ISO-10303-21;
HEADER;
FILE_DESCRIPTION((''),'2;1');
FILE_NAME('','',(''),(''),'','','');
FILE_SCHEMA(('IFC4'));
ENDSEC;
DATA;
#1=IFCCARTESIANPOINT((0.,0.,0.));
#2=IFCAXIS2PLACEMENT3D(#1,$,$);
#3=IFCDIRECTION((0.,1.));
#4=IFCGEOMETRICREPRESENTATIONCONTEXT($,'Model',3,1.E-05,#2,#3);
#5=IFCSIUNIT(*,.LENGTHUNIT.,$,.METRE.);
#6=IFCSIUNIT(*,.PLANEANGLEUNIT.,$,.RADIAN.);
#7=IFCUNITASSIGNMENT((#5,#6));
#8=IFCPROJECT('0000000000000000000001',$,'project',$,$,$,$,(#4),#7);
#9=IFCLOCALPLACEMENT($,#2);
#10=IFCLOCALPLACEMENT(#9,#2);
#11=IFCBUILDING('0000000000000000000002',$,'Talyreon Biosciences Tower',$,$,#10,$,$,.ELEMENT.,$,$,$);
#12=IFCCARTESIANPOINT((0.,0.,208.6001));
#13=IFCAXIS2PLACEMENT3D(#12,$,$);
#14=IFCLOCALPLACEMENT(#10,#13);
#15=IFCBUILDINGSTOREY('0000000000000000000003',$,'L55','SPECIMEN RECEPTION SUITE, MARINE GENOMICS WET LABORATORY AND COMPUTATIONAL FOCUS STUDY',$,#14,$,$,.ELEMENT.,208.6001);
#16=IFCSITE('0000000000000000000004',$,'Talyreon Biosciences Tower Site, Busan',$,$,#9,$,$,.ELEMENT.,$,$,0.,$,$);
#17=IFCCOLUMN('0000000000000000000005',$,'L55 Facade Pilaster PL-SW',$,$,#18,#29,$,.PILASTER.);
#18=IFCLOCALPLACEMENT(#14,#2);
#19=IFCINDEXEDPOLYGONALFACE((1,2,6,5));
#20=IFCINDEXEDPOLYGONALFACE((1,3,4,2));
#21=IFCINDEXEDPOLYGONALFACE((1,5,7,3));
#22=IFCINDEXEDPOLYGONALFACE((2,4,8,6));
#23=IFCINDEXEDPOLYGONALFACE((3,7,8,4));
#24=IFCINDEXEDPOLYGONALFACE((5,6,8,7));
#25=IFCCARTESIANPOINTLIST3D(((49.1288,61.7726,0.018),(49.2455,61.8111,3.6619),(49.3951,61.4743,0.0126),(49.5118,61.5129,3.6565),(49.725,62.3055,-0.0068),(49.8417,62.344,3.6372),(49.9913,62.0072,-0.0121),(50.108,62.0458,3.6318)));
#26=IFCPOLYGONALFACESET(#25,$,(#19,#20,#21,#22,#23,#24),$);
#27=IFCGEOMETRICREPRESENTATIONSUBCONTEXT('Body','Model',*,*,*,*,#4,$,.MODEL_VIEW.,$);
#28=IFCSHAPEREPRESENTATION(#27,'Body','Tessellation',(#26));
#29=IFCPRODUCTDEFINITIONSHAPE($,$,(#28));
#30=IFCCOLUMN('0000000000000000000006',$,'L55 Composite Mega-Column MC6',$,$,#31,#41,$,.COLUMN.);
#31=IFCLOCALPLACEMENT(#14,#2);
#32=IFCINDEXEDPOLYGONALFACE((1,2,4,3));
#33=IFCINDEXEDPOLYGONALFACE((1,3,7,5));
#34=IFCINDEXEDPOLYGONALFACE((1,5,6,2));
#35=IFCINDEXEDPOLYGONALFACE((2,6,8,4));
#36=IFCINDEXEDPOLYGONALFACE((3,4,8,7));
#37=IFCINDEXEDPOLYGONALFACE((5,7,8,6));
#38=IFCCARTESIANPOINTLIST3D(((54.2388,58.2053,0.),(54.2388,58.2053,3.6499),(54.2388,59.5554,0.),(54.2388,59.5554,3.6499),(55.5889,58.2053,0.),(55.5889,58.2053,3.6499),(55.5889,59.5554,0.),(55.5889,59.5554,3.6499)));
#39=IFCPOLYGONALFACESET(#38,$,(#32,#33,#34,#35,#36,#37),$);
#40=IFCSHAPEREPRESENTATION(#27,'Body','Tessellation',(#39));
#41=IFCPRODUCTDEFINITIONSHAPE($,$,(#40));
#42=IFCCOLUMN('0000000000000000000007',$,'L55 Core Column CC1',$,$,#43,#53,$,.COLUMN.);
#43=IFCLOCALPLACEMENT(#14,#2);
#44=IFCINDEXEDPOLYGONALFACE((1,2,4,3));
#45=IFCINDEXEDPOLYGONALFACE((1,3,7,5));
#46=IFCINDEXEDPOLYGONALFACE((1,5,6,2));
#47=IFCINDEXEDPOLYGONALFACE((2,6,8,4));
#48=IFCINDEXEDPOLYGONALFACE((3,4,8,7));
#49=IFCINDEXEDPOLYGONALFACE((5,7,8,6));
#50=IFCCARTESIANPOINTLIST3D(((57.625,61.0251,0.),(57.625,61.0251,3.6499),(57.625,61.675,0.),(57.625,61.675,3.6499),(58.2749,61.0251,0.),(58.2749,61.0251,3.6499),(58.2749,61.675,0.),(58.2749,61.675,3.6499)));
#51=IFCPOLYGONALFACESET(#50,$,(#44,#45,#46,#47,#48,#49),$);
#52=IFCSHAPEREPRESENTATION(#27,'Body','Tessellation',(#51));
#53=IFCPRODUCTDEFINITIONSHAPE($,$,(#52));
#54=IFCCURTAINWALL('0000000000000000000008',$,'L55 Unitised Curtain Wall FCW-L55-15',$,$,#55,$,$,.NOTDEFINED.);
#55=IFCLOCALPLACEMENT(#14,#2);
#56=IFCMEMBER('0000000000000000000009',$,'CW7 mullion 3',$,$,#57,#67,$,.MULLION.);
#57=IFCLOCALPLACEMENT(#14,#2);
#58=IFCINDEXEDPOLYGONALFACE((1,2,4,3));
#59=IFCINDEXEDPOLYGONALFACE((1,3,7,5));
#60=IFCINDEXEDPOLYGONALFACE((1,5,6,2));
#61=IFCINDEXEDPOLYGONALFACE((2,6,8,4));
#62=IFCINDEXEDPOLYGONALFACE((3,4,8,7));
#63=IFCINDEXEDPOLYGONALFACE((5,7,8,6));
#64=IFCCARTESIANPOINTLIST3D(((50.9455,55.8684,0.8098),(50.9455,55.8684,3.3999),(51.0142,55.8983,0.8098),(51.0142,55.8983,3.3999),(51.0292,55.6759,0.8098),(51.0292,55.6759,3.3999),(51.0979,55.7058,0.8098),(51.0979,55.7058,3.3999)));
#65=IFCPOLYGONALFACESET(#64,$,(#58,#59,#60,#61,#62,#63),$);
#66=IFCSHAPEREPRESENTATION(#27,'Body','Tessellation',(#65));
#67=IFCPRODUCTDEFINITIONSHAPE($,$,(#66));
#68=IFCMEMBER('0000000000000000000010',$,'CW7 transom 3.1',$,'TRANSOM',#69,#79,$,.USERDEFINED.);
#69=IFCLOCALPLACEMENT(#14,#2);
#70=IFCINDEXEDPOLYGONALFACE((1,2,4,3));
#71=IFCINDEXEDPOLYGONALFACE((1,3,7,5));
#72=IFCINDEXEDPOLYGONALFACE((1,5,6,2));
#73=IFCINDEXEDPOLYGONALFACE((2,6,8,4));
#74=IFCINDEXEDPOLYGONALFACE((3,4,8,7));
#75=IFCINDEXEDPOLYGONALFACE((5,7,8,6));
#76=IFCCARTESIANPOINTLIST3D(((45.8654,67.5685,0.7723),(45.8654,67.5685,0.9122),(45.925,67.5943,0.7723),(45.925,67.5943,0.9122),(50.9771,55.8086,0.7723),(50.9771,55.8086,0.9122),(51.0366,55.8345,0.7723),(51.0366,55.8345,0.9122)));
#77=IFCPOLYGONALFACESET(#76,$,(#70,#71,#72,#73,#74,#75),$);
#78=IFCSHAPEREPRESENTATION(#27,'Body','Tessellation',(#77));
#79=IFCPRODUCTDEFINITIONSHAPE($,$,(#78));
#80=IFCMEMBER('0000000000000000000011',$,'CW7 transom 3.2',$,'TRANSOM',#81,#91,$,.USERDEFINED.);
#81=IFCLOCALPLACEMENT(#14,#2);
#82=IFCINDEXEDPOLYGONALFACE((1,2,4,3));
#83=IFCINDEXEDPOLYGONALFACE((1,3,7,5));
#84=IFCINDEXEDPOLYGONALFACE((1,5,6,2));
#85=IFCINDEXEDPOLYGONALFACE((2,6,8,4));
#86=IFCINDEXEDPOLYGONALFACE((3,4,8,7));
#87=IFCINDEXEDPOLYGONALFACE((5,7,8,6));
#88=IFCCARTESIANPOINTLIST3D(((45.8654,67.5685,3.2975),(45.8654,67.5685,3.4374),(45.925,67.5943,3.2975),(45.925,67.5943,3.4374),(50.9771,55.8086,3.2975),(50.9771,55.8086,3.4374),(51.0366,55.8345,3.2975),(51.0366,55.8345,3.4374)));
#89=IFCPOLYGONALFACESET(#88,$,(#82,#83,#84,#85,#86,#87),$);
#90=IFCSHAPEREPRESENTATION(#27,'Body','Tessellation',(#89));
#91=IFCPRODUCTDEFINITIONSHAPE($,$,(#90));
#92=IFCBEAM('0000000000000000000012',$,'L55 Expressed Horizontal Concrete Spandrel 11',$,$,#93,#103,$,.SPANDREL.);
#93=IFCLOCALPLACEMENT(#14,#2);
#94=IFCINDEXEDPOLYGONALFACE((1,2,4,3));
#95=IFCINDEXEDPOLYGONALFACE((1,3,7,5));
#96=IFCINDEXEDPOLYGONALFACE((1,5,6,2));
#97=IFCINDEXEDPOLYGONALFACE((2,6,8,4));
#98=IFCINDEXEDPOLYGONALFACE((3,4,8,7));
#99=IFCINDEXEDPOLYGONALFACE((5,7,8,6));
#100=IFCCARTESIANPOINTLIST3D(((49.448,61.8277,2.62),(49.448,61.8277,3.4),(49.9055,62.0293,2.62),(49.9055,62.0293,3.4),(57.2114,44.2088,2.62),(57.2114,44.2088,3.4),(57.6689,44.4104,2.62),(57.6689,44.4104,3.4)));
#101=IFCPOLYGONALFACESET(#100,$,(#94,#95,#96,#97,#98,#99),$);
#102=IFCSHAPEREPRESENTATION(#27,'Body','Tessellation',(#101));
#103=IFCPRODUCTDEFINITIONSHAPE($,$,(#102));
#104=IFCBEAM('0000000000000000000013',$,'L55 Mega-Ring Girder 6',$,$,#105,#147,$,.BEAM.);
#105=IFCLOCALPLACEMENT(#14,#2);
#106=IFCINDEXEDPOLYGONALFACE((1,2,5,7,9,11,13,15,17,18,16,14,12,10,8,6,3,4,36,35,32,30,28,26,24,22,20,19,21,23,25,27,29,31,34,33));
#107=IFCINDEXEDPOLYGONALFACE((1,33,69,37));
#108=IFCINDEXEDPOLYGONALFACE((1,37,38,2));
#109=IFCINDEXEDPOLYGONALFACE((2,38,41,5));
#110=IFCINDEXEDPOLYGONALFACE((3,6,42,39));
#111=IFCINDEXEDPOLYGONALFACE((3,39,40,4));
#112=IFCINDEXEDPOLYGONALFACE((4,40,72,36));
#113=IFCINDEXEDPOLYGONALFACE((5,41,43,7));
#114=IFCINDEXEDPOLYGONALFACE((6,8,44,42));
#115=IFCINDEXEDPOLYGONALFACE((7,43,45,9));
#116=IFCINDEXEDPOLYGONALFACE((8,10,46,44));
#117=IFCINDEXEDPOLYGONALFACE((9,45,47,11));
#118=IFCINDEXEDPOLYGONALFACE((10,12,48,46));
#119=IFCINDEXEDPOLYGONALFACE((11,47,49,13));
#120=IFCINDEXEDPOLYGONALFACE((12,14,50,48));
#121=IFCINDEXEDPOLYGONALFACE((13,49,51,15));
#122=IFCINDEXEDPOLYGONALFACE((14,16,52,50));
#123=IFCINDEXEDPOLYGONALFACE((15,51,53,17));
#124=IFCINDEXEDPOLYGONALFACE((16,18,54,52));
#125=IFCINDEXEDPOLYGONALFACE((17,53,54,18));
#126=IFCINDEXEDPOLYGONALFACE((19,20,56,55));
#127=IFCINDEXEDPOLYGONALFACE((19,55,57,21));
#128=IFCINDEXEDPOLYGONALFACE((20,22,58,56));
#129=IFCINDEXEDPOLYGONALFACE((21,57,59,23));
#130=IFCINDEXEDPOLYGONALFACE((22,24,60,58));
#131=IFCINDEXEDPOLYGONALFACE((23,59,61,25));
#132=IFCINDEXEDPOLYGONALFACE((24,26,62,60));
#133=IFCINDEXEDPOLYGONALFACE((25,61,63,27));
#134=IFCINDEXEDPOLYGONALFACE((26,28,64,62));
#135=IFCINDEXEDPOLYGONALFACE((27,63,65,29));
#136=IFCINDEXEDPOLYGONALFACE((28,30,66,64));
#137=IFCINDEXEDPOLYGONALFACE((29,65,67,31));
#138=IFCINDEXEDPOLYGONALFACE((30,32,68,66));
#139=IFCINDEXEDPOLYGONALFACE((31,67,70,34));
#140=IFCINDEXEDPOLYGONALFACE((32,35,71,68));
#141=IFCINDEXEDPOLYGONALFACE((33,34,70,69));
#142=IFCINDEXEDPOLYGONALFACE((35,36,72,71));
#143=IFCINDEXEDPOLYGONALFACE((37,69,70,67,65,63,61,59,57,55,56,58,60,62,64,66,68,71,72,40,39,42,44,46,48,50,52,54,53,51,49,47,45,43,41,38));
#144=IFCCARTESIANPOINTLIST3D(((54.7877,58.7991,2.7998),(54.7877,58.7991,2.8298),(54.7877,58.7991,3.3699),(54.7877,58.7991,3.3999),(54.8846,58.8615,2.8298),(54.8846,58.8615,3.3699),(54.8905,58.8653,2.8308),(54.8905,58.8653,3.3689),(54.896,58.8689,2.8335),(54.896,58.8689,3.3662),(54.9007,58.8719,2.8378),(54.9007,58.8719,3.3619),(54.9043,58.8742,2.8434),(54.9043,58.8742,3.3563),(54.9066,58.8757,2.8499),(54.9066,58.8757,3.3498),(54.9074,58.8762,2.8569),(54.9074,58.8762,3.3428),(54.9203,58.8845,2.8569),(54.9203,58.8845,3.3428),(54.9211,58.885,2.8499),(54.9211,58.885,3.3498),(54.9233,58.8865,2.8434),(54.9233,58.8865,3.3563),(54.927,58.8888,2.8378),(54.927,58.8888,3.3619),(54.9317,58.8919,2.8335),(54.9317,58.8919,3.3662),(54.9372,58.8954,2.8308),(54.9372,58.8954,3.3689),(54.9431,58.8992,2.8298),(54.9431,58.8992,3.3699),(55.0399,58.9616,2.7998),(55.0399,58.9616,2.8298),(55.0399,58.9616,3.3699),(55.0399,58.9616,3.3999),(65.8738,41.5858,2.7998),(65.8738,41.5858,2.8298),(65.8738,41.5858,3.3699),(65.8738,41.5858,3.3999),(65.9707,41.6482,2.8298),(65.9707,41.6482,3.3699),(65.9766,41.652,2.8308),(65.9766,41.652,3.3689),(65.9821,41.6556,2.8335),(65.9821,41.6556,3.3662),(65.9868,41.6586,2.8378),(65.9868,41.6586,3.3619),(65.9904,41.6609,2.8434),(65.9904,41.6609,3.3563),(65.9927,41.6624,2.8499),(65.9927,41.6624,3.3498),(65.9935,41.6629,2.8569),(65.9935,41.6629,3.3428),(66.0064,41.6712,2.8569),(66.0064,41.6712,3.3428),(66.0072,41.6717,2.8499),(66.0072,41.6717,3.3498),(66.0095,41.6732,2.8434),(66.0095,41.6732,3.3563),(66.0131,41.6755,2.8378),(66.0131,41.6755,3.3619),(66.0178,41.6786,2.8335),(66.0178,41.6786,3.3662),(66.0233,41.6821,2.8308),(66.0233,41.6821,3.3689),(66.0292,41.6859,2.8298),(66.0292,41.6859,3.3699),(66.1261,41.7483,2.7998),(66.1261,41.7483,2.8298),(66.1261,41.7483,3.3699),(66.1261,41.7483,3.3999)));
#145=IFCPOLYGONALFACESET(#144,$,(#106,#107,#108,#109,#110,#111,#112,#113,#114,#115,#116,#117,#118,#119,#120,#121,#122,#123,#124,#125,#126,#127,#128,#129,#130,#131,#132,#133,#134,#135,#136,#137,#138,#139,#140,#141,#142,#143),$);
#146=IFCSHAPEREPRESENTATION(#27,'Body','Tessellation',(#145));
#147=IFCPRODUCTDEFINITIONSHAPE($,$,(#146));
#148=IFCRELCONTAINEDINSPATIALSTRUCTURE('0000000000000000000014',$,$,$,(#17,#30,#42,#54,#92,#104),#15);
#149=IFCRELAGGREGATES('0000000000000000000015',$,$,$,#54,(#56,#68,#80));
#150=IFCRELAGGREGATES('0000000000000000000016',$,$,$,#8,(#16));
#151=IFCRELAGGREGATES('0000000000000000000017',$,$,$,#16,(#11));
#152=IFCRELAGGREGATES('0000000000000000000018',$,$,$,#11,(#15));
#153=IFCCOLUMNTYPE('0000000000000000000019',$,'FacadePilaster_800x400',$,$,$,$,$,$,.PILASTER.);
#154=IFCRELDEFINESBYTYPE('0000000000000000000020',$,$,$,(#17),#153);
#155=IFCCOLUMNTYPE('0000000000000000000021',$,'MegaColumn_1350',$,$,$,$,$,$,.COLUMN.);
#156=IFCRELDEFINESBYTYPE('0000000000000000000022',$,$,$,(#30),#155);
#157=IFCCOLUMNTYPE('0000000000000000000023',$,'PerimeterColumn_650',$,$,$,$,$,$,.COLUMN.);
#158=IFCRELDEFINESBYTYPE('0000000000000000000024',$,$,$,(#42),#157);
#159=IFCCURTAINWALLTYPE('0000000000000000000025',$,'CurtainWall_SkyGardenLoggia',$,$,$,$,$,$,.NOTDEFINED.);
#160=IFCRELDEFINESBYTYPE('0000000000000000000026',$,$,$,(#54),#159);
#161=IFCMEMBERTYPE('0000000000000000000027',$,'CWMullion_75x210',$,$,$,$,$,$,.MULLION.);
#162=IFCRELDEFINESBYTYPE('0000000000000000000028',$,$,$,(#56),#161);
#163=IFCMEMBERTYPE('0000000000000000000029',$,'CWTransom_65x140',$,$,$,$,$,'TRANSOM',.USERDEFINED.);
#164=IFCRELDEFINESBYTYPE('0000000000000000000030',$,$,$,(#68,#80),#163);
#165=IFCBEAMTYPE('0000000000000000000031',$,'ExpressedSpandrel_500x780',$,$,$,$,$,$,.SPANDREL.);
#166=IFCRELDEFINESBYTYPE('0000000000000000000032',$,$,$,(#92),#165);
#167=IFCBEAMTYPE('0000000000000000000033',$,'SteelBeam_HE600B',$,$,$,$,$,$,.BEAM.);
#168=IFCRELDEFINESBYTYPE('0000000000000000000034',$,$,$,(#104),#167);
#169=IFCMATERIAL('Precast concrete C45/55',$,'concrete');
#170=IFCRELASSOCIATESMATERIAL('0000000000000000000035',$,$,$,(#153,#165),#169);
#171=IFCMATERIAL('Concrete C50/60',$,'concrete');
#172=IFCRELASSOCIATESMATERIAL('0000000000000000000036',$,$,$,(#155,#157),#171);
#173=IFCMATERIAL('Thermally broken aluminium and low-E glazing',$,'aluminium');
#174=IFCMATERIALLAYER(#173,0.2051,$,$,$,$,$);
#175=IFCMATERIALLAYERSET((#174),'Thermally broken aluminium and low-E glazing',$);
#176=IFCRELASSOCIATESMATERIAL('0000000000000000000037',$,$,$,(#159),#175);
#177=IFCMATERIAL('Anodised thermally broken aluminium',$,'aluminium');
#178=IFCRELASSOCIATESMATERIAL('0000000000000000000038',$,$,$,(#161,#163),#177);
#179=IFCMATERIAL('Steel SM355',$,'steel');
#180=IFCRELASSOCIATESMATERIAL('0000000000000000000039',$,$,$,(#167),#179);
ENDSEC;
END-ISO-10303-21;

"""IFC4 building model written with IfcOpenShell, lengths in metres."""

from ifc_helpers import new_model, si_unit, direction, frame, origin, origin_2d, place, context, subcontext, project, spatial, rectangle, i_section, extrude, material, layer, layer_set, material_profile, profile_set, type_object, element, aggregate, save


model = new_model("IFC4")

# Units and contexts
model_context = context("Model", 3, precision=1e-05, world=origin(), true_north=direction((0.0, 1.0)))
body_context = subcontext(model_context, "Body", "Model", "MODEL_VIEW")
ifc_project = project(units=[si_unit("LENGTHUNIT", "METRE"), si_unit("PLANEANGLEUNIT", "RADIAN")], contexts=[model_context])

# Site, building, storey
site_placement = place(None, origin())
site = spatial("IfcSite", under=ifc_project, at=site_placement, Name="Talyreon Biosciences Tower Site, Busan", CompositionType="ELEMENT", RefElevation=0.0)
building_placement = place(site_placement, origin())
building = spatial("IfcBuilding", under=site, at=building_placement, Name="Talyreon Biosciences Tower", CompositionType="ELEMENT")
storey_placement = place(building_placement, frame((0.0, 0.0, 208.6001)))
storey = spatial("IfcBuildingStorey", under=building, at=storey_placement, Name="L55", Description="SPECIMEN RECEPTION SUITE, MARINE GENOMICS WET LABORATORY AND COMPUTATIONAL FOCUS STUDY", CompositionType="ELEMENT", Elevation=208.6001)

# Columns
ifc_material_1 = material(Name="Precast concrete C45/55", Category="concrete")
ifc_material_profile_1 = material_profile(ifc_material_1, rectangle(XDim=0.8, YDim=0.3999, at=origin_2d()), Name="RC 800x400")
ifc_profile_set_1 = profile_set([ifc_material_profile_1], Name="Precast concrete C45/55")
column_type_1 = type_object("IfcColumnType", Name="FacadePilaster_800x400", PredefinedType="PILASTER", material=ifc_profile_set_1)
column_1_placement = place(storey_placement, frame((49.5601, 61.8899, 0.0029), z_axis=(0.032006, 0.01058, 0.999432), x_axis=(0.745237, 0.666082, -0.030917)))
element("IfcColumn", 1, at=column_1_placement, inside=storey, type_object=column_type_1, Name="L55 Facade Pilaster PL-SW", PredefinedType="PILASTER", context=body_context, shape_type="SweptSolid", body=[
    extrude(rectangle(XDim=0.8, YDim=0.3999, at=origin_2d()), origin(), (0.0, 0.0, 1.0), 3.646),
])
ifc_material_2 = material(Name="Concrete C50/60", Category="concrete")
ifc_material_profile_2 = material_profile(ifc_material_2, rectangle(XDim=1.3501, YDim=1.3501, at=origin_2d()), Name="RC 1350x1350")
ifc_profile_set_2 = profile_set([ifc_material_profile_2], Name="Concrete C50/60")
column_type_2 = type_object("IfcColumnType", Name="MegaColumn_1350", PredefinedType="COLUMN", material=ifc_profile_set_2)
column_2_placement = place(storey_placement, frame((54.9138, 58.8804, 0.0), z_axis=(0.0, 0.0, 1.0), x_axis=(1.0, 0.0, 0.0)))
element("IfcColumn", 2, at=column_2_placement, inside=storey, type_object=column_type_2, Name="L55 Composite Mega-Column MC6", PredefinedType="COLUMN", context=body_context, shape_type="SweptSolid", body=[
    extrude(rectangle(XDim=1.3501, YDim=1.3501, at=origin_2d()), origin(), (0.0, 0.0, 1.0), 3.6499),
])
ifc_material_profile_3 = material_profile(ifc_material_2, rectangle(XDim=0.6499, YDim=0.6499, at=origin_2d()), Name="RC 650x650")
ifc_profile_set_3 = profile_set([ifc_material_profile_3], Name="Concrete C50/60")
column_type_3 = type_object("IfcColumnType", Name="PerimeterColumn_650", PredefinedType="COLUMN", material=ifc_profile_set_3)
column_3_placement = place(storey_placement, frame((57.95, 61.3501, 0.0), z_axis=(0.0, 0.0, 1.0), x_axis=(1.0, 0.0, 0.0)))
element("IfcColumn", 3, at=column_3_placement, inside=storey, type_object=column_type_3, Name="L55 Core Column CC1", PredefinedType="COLUMN", context=body_context, shape_type="SweptSolid", body=[
    extrude(rectangle(XDim=0.6499, YDim=0.6499, at=origin_2d()), origin(), (0.0, 0.0, 1.0), 3.6499),
])

# Curtain wall, members
ifc_material_3 = material(Name="Thermally broken aluminium and low-E glazing", Category="aluminium")
ifc_layer_1 = layer(ifc_material_3, 0.2051)
ifc_layer_set_1 = layer_set([ifc_layer_1], Name="Thermally broken aluminium and low-E glazing")
curtain_wall_type = type_object("IfcCurtainWallType", Name="CurtainWall_SkyGardenLoggia", PredefinedType="NOTDEFINED", material=ifc_layer_set_1)
curtain_wall_placement = place(storey_placement, origin())
curtain_wall = element("IfcCurtainWall", 4, at=curtain_wall_placement, inside=storey, type_object=curtain_wall_type, Name="L55 Unitised Curtain Wall FCW-L55-15", PredefinedType="NOTDEFINED")
ifc_material_4 = material(Name="Anodised thermally broken aluminium", Category="aluminium")
ifc_material_profile_4 = material_profile(ifc_material_4, rectangle(XDim=0.075, YDim=0.21, at=origin_2d()), Name="ALUM MULLION 75x210")
ifc_profile_set_4 = profile_set([ifc_material_profile_4], Name="Anodised thermally broken aluminium")
member_type_1 = type_object("IfcMemberType", Name="CWMullion_75x210", PredefinedType="MULLION", material=ifc_profile_set_4)
member_1_placement = place(storey_placement, frame((51.0217, 55.7871, 0.8098), z_axis=(0.0, 0.0, 1.0), x_axis=(-0.917113, -0.398626, 0.0)))
member_1 = element("IfcMember", 5, at=member_1_placement, type_object=member_type_1, Name="CW7 mullion 3", PredefinedType="MULLION", context=body_context, shape_type="SweptSolid", body=[
    extrude(rectangle(XDim=0.075, YDim=0.21, at=origin_2d()), origin(), (0.0, 0.0, 1.0), 2.5901),
])
ifc_material_profile_5 = material_profile(ifc_material_4, rectangle(XDim=0.0649, YDim=0.1399, at=origin_2d()), Name="ALUM TRANSOM 65x140")
ifc_profile_set_5 = profile_set([ifc_material_profile_5], Name="Anodised thermally broken aluminium")
member_type_2 = type_object("IfcMemberType", Name="CWTransom_65x140", ElementType="TRANSOM", PredefinedType="USERDEFINED", material=ifc_profile_set_5)
member_2_placement = place(storey_placement, frame((51.0068, 55.8215, 0.8423), z_axis=(-0.398636, 0.917109, 0.0), x_axis=(-0.917109, -0.398636, 0.0)))
member_2 = element("IfcMember", 6, at=member_2_placement, type_object=member_type_2, Name="CW7 transom 3.1", ObjectType="TRANSOM", PredefinedType="USERDEFINED", context=body_context, shape_type="SweptSolid", body=[
    extrude(rectangle(XDim=0.0649, YDim=0.1399, at=origin_2d()), origin(), (0.0, 0.0, 1.0), 12.8228),
])
member_3_placement = place(storey_placement, frame((51.0068, 55.8215, 3.3674), z_axis=(-0.398636, 0.917109, 0.0), x_axis=(-0.917109, -0.398636, 0.0)))
member_3 = element("IfcMember", 7, at=member_3_placement, type_object=member_type_2, Name="CW7 transom 3.2", ObjectType="TRANSOM", PredefinedType="USERDEFINED", context=body_context, shape_type="SweptSolid", body=[
    extrude(rectangle(XDim=0.0649, YDim=0.1399, at=origin_2d()), origin(), (0.0, 0.0, 1.0), 12.8228),
])

# Beams
ifc_material_profile_6 = material_profile(ifc_material_1, rectangle(XDim=0.5, YDim=0.78, at=origin_2d()), Name="RCB 500x780")
ifc_profile_set_6 = profile_set([ifc_material_profile_6], Name="Precast concrete C45/55")
beam_type_1 = type_object("IfcBeamType", Name="ExpressedSpandrel_500x780", PredefinedType="SPANDREL", material=ifc_profile_set_6)
beam_1_placement = place(storey_placement, frame((49.6768, 61.9285, 3.01), z_axis=(0.403222, -0.915102, 0.0), x_axis=(0.915102, 0.403222, 0.0)))
element("IfcBeam", 8, at=beam_1_placement, inside=storey, type_object=beam_type_1, Name="L55 Expressed Horizontal Concrete Spandrel 11", PredefinedType="SPANDREL", context=body_context, shape_type="SweptSolid", body=[
    extrude(rectangle(XDim=0.5, YDim=0.78, at=origin_2d()), origin(), (0.0, 0.0, 1.0), 19.2534),
])
ifc_material_5 = material(Name="Steel SM355", Category="steel")
ifc_material_profile_7 = material_profile(ifc_material_5, i_section(OverallWidth=0.3, OverallDepth=0.6001, WebThickness=0.0154, FlangeThickness=0.03, FilletRadius=0.0271, at=origin_2d()), Name="HE600B")
ifc_profile_set_7 = profile_set([ifc_material_profile_7], Name="Steel SM355")
beam_type_2 = type_object("IfcBeamType", Name="SteelBeam_HE600B", PredefinedType="BEAM", material=ifc_profile_set_7)
beam_2_placement = place(storey_placement, frame((54.9138, 58.8804, 3.0999), z_axis=(0.541464, -0.840724, 0.0), x_axis=(0.840724, 0.541464, 0.0)))
element("IfcBeam", 9, at=beam_2_placement, inside=storey, type_object=beam_type_2, Name="L55 Mega-Ring Girder 6", PredefinedType="BEAM", context=body_context, shape_type="SweptSolid", body=[
    extrude(i_section(OverallWidth=0.3, OverallDepth=0.6001, WebThickness=0.0154, FlangeThickness=0.03, FilletRadius=0.0271, at=origin_2d()), origin(), (0.0, 0.0, 1.0), 20.4744),
])

aggregate(curtain_wall, [member_1, member_2, member_3])

save(model, "model.ifc")
